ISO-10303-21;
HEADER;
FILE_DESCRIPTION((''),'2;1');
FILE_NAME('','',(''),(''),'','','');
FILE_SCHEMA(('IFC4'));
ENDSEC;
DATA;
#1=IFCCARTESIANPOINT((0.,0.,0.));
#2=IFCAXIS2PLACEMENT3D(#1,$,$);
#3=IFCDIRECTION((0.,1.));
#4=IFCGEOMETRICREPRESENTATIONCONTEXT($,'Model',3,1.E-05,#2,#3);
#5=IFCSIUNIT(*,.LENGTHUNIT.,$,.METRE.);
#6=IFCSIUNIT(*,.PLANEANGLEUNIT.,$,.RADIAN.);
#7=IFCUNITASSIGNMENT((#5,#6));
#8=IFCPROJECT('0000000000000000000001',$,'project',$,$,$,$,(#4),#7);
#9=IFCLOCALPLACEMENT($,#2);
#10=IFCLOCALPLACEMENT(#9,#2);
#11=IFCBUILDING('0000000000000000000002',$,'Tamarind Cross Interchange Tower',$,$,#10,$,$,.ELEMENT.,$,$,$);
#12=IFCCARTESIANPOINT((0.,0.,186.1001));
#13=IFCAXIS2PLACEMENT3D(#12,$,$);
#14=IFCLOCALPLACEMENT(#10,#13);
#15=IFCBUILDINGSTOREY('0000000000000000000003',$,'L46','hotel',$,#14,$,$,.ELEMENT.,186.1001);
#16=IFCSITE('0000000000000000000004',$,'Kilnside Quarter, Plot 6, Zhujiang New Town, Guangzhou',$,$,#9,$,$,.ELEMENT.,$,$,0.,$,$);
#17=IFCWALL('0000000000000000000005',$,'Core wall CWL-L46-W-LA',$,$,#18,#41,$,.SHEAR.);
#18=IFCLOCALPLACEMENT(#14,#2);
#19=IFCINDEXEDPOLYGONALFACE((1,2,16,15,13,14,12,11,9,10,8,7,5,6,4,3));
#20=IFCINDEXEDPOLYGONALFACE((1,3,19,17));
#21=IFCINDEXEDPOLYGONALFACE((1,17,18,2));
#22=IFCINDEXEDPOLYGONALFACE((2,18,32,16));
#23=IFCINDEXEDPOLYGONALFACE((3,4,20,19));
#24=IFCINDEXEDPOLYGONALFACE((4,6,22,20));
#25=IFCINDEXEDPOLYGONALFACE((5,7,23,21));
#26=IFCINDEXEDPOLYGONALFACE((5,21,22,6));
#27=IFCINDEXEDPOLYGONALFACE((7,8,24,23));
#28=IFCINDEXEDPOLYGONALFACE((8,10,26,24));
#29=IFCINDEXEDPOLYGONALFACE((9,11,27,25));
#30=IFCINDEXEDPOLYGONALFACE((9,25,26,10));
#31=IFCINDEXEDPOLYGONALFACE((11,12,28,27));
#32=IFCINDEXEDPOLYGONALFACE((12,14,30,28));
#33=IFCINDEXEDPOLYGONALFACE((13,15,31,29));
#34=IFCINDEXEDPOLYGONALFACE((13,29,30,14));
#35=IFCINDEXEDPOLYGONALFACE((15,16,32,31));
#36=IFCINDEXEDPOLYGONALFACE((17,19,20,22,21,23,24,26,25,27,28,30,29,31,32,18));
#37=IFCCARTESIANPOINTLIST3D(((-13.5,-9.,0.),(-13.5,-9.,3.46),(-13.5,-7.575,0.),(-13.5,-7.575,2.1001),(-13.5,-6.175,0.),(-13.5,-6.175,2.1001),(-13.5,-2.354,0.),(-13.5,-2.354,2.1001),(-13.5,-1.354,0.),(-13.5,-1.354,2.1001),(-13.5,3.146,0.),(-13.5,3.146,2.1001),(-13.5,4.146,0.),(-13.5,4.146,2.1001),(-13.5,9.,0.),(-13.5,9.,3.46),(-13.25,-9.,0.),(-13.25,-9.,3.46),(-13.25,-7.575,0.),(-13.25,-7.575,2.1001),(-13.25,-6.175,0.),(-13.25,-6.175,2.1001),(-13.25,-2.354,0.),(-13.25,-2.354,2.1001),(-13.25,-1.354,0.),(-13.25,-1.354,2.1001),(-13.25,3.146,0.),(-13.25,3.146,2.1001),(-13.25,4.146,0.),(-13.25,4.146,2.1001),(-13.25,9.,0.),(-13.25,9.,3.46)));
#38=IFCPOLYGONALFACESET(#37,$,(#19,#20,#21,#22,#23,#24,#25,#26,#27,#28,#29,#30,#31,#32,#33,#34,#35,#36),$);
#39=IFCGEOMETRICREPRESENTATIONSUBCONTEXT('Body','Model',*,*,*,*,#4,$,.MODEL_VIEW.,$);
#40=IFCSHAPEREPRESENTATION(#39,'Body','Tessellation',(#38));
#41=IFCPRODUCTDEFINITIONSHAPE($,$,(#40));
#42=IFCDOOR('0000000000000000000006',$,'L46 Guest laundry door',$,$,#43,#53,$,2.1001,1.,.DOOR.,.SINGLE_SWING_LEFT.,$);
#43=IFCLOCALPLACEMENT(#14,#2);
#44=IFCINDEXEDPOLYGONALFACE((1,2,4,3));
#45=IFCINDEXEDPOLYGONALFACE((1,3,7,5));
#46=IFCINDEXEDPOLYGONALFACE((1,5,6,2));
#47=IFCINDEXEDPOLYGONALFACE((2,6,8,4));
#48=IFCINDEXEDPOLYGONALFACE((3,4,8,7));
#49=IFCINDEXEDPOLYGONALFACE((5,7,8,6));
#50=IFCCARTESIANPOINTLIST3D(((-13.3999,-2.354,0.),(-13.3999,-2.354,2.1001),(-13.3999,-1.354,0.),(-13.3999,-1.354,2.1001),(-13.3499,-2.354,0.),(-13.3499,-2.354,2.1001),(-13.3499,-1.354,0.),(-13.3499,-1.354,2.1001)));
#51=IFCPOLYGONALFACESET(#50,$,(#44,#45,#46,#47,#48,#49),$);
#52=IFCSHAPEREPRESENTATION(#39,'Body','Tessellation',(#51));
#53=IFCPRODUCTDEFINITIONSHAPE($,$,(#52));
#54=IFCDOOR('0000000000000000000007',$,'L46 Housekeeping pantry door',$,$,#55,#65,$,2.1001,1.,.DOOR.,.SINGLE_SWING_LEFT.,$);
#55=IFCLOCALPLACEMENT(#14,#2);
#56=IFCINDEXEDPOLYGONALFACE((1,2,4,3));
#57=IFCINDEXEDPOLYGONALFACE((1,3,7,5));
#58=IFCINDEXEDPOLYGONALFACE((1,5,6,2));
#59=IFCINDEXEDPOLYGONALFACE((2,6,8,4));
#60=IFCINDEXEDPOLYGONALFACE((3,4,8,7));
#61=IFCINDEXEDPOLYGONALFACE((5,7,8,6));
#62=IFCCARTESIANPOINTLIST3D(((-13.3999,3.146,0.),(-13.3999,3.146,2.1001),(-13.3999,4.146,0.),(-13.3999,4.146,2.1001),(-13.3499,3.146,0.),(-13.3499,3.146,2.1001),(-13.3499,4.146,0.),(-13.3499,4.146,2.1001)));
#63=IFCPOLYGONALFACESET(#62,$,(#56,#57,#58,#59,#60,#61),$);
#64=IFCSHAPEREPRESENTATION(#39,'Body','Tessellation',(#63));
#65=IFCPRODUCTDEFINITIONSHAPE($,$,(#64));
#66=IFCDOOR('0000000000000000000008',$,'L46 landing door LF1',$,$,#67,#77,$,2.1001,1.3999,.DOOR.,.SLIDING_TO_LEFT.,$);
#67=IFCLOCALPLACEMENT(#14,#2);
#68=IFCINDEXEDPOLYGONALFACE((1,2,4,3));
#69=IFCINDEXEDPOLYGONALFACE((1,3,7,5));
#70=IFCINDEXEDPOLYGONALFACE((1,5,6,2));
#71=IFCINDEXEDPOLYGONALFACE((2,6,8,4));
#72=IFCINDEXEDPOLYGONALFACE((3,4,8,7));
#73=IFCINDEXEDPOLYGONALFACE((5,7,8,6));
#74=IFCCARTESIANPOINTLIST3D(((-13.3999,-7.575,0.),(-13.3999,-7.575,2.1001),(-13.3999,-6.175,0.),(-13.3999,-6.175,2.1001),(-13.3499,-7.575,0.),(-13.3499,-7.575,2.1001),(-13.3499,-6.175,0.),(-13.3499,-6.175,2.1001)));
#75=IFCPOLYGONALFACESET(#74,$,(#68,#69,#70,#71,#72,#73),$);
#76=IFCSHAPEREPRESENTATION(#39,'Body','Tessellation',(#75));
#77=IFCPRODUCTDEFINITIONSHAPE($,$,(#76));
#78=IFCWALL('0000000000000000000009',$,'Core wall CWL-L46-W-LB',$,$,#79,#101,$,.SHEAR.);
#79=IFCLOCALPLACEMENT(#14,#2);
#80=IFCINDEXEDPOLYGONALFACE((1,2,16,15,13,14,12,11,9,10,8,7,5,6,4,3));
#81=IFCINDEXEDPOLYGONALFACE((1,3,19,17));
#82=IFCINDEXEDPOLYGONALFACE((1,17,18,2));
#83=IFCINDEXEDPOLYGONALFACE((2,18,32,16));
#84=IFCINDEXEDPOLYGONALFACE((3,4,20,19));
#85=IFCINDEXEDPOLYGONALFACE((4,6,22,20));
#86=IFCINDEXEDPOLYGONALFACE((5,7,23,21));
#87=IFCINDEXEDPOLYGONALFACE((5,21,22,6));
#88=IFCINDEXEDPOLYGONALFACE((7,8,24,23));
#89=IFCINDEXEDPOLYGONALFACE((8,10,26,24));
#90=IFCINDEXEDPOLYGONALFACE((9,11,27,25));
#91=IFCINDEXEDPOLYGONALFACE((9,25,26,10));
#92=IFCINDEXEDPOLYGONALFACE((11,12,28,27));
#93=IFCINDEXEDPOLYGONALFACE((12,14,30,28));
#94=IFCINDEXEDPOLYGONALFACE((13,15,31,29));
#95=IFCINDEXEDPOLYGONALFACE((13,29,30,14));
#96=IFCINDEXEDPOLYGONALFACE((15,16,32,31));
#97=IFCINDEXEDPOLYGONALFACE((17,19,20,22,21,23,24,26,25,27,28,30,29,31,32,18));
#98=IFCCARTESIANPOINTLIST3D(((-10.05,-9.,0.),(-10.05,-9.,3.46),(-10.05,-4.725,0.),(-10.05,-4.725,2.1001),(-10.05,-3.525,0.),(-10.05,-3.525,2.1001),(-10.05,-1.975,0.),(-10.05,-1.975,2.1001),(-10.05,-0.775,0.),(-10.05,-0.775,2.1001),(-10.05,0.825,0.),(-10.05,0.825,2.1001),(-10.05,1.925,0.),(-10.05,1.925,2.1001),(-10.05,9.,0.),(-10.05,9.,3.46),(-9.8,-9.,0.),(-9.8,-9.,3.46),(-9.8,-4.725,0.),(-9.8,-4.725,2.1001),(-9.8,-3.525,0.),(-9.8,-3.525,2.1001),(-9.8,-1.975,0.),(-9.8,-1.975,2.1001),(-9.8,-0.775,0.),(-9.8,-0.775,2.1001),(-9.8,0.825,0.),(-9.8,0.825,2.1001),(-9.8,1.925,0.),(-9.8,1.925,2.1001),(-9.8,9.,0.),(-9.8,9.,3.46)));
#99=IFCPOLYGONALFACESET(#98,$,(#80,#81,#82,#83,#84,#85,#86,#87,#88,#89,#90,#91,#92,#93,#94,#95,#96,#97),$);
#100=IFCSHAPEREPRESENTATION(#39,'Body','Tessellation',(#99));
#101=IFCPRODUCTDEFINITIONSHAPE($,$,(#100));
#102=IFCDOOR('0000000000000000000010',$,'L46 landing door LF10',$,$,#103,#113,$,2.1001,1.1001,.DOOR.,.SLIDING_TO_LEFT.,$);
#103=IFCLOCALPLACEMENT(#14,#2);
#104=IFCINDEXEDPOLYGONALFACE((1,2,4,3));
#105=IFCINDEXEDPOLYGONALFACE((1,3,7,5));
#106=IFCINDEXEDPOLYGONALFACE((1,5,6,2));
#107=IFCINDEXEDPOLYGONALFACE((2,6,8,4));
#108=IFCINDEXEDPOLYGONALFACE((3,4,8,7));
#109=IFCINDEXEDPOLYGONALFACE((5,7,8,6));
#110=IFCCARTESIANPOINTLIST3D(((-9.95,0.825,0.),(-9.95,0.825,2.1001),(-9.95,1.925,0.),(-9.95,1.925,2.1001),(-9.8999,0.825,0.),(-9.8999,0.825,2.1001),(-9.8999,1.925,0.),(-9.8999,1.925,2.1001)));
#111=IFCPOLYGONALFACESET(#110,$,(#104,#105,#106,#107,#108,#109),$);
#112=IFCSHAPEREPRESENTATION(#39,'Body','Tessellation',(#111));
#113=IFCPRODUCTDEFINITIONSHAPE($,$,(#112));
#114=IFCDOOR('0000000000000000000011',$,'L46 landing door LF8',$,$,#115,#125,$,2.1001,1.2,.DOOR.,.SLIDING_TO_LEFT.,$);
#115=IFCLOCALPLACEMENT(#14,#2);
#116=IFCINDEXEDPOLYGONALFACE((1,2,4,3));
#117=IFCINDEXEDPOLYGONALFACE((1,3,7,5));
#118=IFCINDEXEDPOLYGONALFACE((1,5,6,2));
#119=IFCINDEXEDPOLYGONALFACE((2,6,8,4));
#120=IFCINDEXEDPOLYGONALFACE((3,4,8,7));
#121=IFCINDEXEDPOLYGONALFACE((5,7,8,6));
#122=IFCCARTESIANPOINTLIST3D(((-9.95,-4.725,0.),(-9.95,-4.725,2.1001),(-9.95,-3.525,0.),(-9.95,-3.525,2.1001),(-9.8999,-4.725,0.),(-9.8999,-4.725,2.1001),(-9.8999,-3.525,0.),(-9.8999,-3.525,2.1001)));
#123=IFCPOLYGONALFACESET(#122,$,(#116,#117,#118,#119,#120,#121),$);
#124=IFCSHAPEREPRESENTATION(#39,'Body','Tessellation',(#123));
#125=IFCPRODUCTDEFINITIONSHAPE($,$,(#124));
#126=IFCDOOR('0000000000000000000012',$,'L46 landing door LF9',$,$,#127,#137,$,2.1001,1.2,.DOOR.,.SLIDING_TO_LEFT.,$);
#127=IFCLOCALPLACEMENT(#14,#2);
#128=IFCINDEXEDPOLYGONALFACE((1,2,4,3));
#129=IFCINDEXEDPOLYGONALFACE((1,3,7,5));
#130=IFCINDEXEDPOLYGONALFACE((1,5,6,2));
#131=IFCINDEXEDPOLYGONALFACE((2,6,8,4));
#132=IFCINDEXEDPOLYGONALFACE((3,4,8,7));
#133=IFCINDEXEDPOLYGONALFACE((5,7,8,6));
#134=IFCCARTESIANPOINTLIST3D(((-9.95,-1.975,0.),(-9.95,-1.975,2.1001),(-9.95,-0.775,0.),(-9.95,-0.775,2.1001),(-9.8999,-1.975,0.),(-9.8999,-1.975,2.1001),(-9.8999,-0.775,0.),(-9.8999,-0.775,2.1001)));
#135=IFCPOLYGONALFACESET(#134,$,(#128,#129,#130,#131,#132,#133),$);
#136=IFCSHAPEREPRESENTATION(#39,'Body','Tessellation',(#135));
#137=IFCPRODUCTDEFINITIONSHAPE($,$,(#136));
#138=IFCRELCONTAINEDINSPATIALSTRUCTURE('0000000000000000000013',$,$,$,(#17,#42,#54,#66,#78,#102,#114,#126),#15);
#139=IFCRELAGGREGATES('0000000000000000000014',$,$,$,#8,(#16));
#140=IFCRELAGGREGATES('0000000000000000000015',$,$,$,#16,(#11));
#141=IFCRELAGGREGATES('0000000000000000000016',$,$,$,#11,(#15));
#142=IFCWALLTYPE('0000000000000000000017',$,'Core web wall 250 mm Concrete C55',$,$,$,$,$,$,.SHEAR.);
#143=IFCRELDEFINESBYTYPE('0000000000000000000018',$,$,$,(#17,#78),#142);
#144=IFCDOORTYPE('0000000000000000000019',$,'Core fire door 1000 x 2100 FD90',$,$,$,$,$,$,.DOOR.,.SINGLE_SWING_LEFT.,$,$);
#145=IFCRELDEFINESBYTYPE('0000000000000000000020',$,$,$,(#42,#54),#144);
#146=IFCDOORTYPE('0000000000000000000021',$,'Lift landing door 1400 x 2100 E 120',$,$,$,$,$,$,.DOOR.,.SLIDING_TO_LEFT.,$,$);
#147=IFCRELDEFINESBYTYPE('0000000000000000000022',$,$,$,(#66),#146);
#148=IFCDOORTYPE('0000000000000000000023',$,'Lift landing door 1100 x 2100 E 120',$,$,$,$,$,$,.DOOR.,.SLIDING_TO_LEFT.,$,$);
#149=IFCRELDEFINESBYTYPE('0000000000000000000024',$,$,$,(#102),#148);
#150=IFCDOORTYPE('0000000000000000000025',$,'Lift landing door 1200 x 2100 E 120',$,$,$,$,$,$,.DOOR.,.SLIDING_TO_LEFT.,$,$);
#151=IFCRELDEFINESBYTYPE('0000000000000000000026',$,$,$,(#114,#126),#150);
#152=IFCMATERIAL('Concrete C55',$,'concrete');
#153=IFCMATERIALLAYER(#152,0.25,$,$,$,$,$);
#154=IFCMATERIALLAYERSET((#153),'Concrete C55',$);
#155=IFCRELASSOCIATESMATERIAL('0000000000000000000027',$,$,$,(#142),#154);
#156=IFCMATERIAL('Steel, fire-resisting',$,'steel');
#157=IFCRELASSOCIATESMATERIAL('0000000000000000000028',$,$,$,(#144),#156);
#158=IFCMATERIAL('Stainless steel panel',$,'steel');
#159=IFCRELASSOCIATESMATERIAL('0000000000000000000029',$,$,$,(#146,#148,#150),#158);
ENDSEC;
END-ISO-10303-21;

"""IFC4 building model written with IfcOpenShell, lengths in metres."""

from ifc_helpers import new_model, si_unit, direction, frame, frame_2d, origin, place, context, subcontext, project, spatial, rectangle, extrude, material, layer, layer_set, type_object, element, fill, save


model = new_model("IFC4")

# Units and contexts
model_context = context("Model", 3, precision=1e-05, world=origin(), true_north=direction((0.0, 1.0)))
body_context = subcontext(model_context, "Body", "Model", "MODEL_VIEW")
ifc_project = project(units=[si_unit("LENGTHUNIT", "METRE"), si_unit("PLANEANGLEUNIT", "RADIAN")], contexts=[model_context])

# Site, building, storey
site_placement = place(None, origin())
site = spatial("IfcSite", under=ifc_project, at=site_placement, Name="Kilnside Quarter, Plot 6, Zhujiang New Town, Guangzhou", CompositionType="ELEMENT", RefElevation=0.0)
building_placement = place(site_placement, origin())
building = spatial("IfcBuilding", under=site, at=building_placement, Name="Tamarind Cross Interchange Tower", CompositionType="ELEMENT")
storey_placement = place(building_placement, frame((0.0, 0.0, 186.1001)))
storey = spatial("IfcBuildingStorey", under=building, at=storey_placement, Name="L46", Description="hotel", CompositionType="ELEMENT", Elevation=186.1001)

# Shared definitions
ifc_material_1 = material(Name="Concrete C55", Category="concrete")

# Shared definitions
ifc_material_2 = material(Name="Steel, fire-resisting", Category="steel")

# Shared definitions
ifc_layer_1 = layer(ifc_material_1, 0.25)
ifc_layer_set_1 = layer_set([ifc_layer_1], Name="Concrete C55")
wall_type_1 = type_object("IfcWallType", Name="Core web wall 250 mm Concrete C55", PredefinedType="SHEAR", material=ifc_layer_set_1)

# Walls, openings, doors
wall_1_placement = place(storey_placement, frame((-13.375, -9.0, 0.0), z_axis=(0.0, 0.0, 1.0), x_axis=(0.0, 1.0, 0.0)))
wall_1 = element("IfcWall", 1, at=wall_1_placement, inside=storey, type_object=wall_type_1, Name="Core wall CWL-L46-W-LA", PredefinedType="SHEAR", context=body_context, shape_type="SweptSolid", body=[
    extrude(rectangle(XDim=18.0, YDim=0.25, at=frame_2d((9.0, 0.0))), origin(), (0.0, 0.0, 1.0), 3.46),
])
opening_1_placement = place(wall_1_placement, frame((1.425, 0.0, 0.0)))
opening_1 = element("IfcOpeningElement", 2, at=opening_1_placement, cuts=wall_1, PredefinedType="OPENING", context=body_context, shape_type="SweptSolid", body=[
    extrude(rectangle(XDim=1.3999, YDim=2.1001, at=frame_2d((0.7, 1.05))), frame((0.0, 0.135, 0.0), z_axis=(0.0, -1.0, 0.0), x_axis=(1.0, 0.0, 0.0)), (0.0, 0.0, 1.0), 0.27),
])
opening_2_placement = place(wall_1_placement, frame((6.646, 0.0, 0.0)))
opening_2 = element("IfcOpeningElement", 3, at=opening_2_placement, cuts=wall_1, PredefinedType="OPENING", context=body_context, shape_type="SweptSolid", body=[
    extrude(rectangle(XDim=1.0, YDim=2.1001, at=frame_2d((0.5, 1.05))), frame((0.0, 0.135, 0.0), z_axis=(0.0, -1.0, 0.0), x_axis=(1.0, 0.0, 0.0)), (0.0, 0.0, 1.0), 0.27),
])
opening_3_placement = place(wall_1_placement, frame((12.146, 0.0, 0.0)))
opening_3 = element("IfcOpeningElement", 4, at=opening_3_placement, cuts=wall_1, PredefinedType="OPENING", context=body_context, shape_type="SweptSolid", body=[
    extrude(rectangle(XDim=1.0, YDim=2.1001, at=frame_2d((0.5, 1.05))), frame((0.0, 0.135, 0.0), z_axis=(0.0, -1.0, 0.0), x_axis=(1.0, 0.0, 0.0)), (0.0, 0.0, 1.0), 0.27),
])
door_type_1 = type_object("IfcDoorType", Name="Core fire door 1000 x 2100 FD90", OperationType="SINGLE_SWING_LEFT", PredefinedType="DOOR", material=ifc_material_2)
door_1_placement = place(opening_2_placement, origin())
door_1 = element("IfcDoor", 5, at=door_1_placement, inside=storey, type_object=door_type_1, Name="L46 Guest laundry door", OperationType="SINGLE_SWING_LEFT", OverallHeight=2.1001, OverallWidth=1.0, PredefinedType="DOOR", context=body_context, shape_type="SweptSolid", body=[
    extrude(rectangle(XDim=1.0, YDim=2.1001, at=frame_2d((0.5, 1.05))), frame((0.0, 0.0249, 0.0), z_axis=(0.0, -1.0, 0.0), x_axis=(1.0, 0.0, 0.0)), (0.0, 0.0, 1.0), 0.05),
])
fill(opening_2, door_1)
door_2_placement = place(opening_3_placement, origin())
door_2 = element("IfcDoor", 6, at=door_2_placement, inside=storey, type_object=door_type_1, Name="L46 Housekeeping pantry door", OperationType="SINGLE_SWING_LEFT", OverallHeight=2.1001, OverallWidth=1.0, PredefinedType="DOOR", context=body_context, shape_type="SweptSolid", body=[
    extrude(rectangle(XDim=1.0, YDim=2.1001, at=frame_2d((0.5, 1.05))), frame((0.0, 0.0249, 0.0), z_axis=(0.0, -1.0, 0.0), x_axis=(1.0, 0.0, 0.0)), (0.0, 0.0, 1.0), 0.05),
])
fill(opening_3, door_2)
ifc_material_3 = material(Name="Stainless steel panel", Category="steel")
door_type_2 = type_object("IfcDoorType", Name="Lift landing door 1400 x 2100 E 120", OperationType="SLIDING_TO_LEFT", PredefinedType="DOOR", material=ifc_material_3)
door_3_placement = place(opening_1_placement, origin())
door_3 = element("IfcDoor", 7, at=door_3_placement, inside=storey, type_object=door_type_2, Name="L46 landing door LF1", OperationType="SLIDING_TO_LEFT", OverallHeight=2.1001, OverallWidth=1.3999, PredefinedType="DOOR", context=body_context, shape_type="SweptSolid", body=[
    extrude(rectangle(XDim=1.3999, YDim=2.1001, at=frame_2d((0.7, 1.05))), frame((0.0, 0.0249, 0.0), z_axis=(0.0, -1.0, 0.0), x_axis=(1.0, 0.0, 0.0)), (0.0, 0.0, 1.0), 0.05),
])
fill(opening_1, door_3)
wall_2_placement = place(storey_placement, frame((-9.925, -9.0, 0.0), z_axis=(0.0, 0.0, 1.0), x_axis=(0.0, 1.0, 0.0)))
wall_2 = element("IfcWall", 8, at=wall_2_placement, inside=storey, type_object=wall_type_1, Name="Core wall CWL-L46-W-LB", PredefinedType="SHEAR", context=body_context, shape_type="SweptSolid", body=[
    extrude(rectangle(XDim=18.0, YDim=0.25, at=frame_2d((9.0, 0.0))), origin(), (0.0, 0.0, 1.0), 3.46),
])
opening_4_placement = place(wall_2_placement, frame((4.2749, 0.0, 0.0)))
opening_4 = element("IfcOpeningElement", 9, at=opening_4_placement, cuts=wall_2, PredefinedType="OPENING", context=body_context, shape_type="SweptSolid", body=[
    extrude(rectangle(XDim=1.2, YDim=2.1001, at=frame_2d((0.6001, 1.05))), frame((0.0, 0.135, 0.0), z_axis=(0.0, -1.0, 0.0), x_axis=(1.0, 0.0, 0.0)), (0.0, 0.0, 1.0), 0.27),
])
opening_5_placement = place(wall_2_placement, frame((7.0249, 0.0, 0.0)))
opening_5 = element("IfcOpeningElement", 10, at=opening_5_placement, cuts=wall_2, PredefinedType="OPENING", context=body_context, shape_type="SweptSolid", body=[
    extrude(rectangle(XDim=1.2, YDim=2.1001, at=frame_2d((0.6001, 1.05))), frame((0.0, 0.135, 0.0), z_axis=(0.0, -1.0, 0.0), x_axis=(1.0, 0.0, 0.0)), (0.0, 0.0, 1.0), 0.27),
])
opening_6_placement = place(wall_2_placement, frame((9.825, 0.0, 0.0)))
opening_6 = element("IfcOpeningElement", 11, at=opening_6_placement, cuts=wall_2, PredefinedType="OPENING", context=body_context, shape_type="SweptSolid", body=[
    extrude(rectangle(XDim=1.1001, YDim=2.1001, at=frame_2d((0.55, 1.05))), frame((0.0, 0.135, 0.0), z_axis=(0.0, -1.0, 0.0), x_axis=(1.0, 0.0, 0.0)), (0.0, 0.0, 1.0), 0.27),
])
door_type_3 = type_object("IfcDoorType", Name="Lift landing door 1100 x 2100 E 120", OperationType="SLIDING_TO_LEFT", PredefinedType="DOOR", material=ifc_material_3)
door_4_placement = place(opening_6_placement, origin())
door_4 = element("IfcDoor", 12, at=door_4_placement, inside=storey, type_object=door_type_3, Name="L46 landing door LF10", OperationType="SLIDING_TO_LEFT", OverallHeight=2.1001, OverallWidth=1.1001, PredefinedType="DOOR", context=body_context, shape_type="SweptSolid", body=[
    extrude(rectangle(XDim=1.1001, YDim=2.1001, at=frame_2d((0.55, 1.05))), frame((0.0, 0.0249, 0.0), z_axis=(0.0, -1.0, 0.0), x_axis=(1.0, 0.0, 0.0)), (0.0, 0.0, 1.0), 0.05),
])
fill(opening_6, door_4)
door_type_4 = type_object("IfcDoorType", Name="Lift landing door 1200 x 2100 E 120", OperationType="SLIDING_TO_LEFT", PredefinedType="DOOR", material=ifc_material_3)
door_5_placement = place(opening_4_placement, origin())
door_5 = element("IfcDoor", 13, at=door_5_placement, inside=storey, type_object=door_type_4, Name="L46 landing door LF8", OperationType="SLIDING_TO_LEFT", OverallHeight=2.1001, OverallWidth=1.2, PredefinedType="DOOR", context=body_context, shape_type="SweptSolid", body=[
    extrude(rectangle(XDim=1.2, YDim=2.1001, at=frame_2d((0.6001, 1.05))), frame((0.0, 0.0249, 0.0), z_axis=(0.0, -1.0, 0.0), x_axis=(1.0, 0.0, 0.0)), (0.0, 0.0, 1.0), 0.05),
])
fill(opening_4, door_5)
door_6_placement = place(opening_5_placement, origin())
door_6 = element("IfcDoor", 14, at=door_6_placement, inside=storey, type_object=door_type_4, Name="L46 landing door LF9", OperationType="SLIDING_TO_LEFT", OverallHeight=2.1001, OverallWidth=1.2, PredefinedType="DOOR", context=body_context, shape_type="SweptSolid", body=[
    extrude(rectangle(XDim=1.2, YDim=2.1001, at=frame_2d((0.6001, 1.05))), frame((0.0, 0.0249, 0.0), z_axis=(0.0, -1.0, 0.0), x_axis=(1.0, 0.0, 0.0)), (0.0, 0.0, 1.0), 0.05),
])
fill(opening_5, door_6)

save(model, "model.ifc")
